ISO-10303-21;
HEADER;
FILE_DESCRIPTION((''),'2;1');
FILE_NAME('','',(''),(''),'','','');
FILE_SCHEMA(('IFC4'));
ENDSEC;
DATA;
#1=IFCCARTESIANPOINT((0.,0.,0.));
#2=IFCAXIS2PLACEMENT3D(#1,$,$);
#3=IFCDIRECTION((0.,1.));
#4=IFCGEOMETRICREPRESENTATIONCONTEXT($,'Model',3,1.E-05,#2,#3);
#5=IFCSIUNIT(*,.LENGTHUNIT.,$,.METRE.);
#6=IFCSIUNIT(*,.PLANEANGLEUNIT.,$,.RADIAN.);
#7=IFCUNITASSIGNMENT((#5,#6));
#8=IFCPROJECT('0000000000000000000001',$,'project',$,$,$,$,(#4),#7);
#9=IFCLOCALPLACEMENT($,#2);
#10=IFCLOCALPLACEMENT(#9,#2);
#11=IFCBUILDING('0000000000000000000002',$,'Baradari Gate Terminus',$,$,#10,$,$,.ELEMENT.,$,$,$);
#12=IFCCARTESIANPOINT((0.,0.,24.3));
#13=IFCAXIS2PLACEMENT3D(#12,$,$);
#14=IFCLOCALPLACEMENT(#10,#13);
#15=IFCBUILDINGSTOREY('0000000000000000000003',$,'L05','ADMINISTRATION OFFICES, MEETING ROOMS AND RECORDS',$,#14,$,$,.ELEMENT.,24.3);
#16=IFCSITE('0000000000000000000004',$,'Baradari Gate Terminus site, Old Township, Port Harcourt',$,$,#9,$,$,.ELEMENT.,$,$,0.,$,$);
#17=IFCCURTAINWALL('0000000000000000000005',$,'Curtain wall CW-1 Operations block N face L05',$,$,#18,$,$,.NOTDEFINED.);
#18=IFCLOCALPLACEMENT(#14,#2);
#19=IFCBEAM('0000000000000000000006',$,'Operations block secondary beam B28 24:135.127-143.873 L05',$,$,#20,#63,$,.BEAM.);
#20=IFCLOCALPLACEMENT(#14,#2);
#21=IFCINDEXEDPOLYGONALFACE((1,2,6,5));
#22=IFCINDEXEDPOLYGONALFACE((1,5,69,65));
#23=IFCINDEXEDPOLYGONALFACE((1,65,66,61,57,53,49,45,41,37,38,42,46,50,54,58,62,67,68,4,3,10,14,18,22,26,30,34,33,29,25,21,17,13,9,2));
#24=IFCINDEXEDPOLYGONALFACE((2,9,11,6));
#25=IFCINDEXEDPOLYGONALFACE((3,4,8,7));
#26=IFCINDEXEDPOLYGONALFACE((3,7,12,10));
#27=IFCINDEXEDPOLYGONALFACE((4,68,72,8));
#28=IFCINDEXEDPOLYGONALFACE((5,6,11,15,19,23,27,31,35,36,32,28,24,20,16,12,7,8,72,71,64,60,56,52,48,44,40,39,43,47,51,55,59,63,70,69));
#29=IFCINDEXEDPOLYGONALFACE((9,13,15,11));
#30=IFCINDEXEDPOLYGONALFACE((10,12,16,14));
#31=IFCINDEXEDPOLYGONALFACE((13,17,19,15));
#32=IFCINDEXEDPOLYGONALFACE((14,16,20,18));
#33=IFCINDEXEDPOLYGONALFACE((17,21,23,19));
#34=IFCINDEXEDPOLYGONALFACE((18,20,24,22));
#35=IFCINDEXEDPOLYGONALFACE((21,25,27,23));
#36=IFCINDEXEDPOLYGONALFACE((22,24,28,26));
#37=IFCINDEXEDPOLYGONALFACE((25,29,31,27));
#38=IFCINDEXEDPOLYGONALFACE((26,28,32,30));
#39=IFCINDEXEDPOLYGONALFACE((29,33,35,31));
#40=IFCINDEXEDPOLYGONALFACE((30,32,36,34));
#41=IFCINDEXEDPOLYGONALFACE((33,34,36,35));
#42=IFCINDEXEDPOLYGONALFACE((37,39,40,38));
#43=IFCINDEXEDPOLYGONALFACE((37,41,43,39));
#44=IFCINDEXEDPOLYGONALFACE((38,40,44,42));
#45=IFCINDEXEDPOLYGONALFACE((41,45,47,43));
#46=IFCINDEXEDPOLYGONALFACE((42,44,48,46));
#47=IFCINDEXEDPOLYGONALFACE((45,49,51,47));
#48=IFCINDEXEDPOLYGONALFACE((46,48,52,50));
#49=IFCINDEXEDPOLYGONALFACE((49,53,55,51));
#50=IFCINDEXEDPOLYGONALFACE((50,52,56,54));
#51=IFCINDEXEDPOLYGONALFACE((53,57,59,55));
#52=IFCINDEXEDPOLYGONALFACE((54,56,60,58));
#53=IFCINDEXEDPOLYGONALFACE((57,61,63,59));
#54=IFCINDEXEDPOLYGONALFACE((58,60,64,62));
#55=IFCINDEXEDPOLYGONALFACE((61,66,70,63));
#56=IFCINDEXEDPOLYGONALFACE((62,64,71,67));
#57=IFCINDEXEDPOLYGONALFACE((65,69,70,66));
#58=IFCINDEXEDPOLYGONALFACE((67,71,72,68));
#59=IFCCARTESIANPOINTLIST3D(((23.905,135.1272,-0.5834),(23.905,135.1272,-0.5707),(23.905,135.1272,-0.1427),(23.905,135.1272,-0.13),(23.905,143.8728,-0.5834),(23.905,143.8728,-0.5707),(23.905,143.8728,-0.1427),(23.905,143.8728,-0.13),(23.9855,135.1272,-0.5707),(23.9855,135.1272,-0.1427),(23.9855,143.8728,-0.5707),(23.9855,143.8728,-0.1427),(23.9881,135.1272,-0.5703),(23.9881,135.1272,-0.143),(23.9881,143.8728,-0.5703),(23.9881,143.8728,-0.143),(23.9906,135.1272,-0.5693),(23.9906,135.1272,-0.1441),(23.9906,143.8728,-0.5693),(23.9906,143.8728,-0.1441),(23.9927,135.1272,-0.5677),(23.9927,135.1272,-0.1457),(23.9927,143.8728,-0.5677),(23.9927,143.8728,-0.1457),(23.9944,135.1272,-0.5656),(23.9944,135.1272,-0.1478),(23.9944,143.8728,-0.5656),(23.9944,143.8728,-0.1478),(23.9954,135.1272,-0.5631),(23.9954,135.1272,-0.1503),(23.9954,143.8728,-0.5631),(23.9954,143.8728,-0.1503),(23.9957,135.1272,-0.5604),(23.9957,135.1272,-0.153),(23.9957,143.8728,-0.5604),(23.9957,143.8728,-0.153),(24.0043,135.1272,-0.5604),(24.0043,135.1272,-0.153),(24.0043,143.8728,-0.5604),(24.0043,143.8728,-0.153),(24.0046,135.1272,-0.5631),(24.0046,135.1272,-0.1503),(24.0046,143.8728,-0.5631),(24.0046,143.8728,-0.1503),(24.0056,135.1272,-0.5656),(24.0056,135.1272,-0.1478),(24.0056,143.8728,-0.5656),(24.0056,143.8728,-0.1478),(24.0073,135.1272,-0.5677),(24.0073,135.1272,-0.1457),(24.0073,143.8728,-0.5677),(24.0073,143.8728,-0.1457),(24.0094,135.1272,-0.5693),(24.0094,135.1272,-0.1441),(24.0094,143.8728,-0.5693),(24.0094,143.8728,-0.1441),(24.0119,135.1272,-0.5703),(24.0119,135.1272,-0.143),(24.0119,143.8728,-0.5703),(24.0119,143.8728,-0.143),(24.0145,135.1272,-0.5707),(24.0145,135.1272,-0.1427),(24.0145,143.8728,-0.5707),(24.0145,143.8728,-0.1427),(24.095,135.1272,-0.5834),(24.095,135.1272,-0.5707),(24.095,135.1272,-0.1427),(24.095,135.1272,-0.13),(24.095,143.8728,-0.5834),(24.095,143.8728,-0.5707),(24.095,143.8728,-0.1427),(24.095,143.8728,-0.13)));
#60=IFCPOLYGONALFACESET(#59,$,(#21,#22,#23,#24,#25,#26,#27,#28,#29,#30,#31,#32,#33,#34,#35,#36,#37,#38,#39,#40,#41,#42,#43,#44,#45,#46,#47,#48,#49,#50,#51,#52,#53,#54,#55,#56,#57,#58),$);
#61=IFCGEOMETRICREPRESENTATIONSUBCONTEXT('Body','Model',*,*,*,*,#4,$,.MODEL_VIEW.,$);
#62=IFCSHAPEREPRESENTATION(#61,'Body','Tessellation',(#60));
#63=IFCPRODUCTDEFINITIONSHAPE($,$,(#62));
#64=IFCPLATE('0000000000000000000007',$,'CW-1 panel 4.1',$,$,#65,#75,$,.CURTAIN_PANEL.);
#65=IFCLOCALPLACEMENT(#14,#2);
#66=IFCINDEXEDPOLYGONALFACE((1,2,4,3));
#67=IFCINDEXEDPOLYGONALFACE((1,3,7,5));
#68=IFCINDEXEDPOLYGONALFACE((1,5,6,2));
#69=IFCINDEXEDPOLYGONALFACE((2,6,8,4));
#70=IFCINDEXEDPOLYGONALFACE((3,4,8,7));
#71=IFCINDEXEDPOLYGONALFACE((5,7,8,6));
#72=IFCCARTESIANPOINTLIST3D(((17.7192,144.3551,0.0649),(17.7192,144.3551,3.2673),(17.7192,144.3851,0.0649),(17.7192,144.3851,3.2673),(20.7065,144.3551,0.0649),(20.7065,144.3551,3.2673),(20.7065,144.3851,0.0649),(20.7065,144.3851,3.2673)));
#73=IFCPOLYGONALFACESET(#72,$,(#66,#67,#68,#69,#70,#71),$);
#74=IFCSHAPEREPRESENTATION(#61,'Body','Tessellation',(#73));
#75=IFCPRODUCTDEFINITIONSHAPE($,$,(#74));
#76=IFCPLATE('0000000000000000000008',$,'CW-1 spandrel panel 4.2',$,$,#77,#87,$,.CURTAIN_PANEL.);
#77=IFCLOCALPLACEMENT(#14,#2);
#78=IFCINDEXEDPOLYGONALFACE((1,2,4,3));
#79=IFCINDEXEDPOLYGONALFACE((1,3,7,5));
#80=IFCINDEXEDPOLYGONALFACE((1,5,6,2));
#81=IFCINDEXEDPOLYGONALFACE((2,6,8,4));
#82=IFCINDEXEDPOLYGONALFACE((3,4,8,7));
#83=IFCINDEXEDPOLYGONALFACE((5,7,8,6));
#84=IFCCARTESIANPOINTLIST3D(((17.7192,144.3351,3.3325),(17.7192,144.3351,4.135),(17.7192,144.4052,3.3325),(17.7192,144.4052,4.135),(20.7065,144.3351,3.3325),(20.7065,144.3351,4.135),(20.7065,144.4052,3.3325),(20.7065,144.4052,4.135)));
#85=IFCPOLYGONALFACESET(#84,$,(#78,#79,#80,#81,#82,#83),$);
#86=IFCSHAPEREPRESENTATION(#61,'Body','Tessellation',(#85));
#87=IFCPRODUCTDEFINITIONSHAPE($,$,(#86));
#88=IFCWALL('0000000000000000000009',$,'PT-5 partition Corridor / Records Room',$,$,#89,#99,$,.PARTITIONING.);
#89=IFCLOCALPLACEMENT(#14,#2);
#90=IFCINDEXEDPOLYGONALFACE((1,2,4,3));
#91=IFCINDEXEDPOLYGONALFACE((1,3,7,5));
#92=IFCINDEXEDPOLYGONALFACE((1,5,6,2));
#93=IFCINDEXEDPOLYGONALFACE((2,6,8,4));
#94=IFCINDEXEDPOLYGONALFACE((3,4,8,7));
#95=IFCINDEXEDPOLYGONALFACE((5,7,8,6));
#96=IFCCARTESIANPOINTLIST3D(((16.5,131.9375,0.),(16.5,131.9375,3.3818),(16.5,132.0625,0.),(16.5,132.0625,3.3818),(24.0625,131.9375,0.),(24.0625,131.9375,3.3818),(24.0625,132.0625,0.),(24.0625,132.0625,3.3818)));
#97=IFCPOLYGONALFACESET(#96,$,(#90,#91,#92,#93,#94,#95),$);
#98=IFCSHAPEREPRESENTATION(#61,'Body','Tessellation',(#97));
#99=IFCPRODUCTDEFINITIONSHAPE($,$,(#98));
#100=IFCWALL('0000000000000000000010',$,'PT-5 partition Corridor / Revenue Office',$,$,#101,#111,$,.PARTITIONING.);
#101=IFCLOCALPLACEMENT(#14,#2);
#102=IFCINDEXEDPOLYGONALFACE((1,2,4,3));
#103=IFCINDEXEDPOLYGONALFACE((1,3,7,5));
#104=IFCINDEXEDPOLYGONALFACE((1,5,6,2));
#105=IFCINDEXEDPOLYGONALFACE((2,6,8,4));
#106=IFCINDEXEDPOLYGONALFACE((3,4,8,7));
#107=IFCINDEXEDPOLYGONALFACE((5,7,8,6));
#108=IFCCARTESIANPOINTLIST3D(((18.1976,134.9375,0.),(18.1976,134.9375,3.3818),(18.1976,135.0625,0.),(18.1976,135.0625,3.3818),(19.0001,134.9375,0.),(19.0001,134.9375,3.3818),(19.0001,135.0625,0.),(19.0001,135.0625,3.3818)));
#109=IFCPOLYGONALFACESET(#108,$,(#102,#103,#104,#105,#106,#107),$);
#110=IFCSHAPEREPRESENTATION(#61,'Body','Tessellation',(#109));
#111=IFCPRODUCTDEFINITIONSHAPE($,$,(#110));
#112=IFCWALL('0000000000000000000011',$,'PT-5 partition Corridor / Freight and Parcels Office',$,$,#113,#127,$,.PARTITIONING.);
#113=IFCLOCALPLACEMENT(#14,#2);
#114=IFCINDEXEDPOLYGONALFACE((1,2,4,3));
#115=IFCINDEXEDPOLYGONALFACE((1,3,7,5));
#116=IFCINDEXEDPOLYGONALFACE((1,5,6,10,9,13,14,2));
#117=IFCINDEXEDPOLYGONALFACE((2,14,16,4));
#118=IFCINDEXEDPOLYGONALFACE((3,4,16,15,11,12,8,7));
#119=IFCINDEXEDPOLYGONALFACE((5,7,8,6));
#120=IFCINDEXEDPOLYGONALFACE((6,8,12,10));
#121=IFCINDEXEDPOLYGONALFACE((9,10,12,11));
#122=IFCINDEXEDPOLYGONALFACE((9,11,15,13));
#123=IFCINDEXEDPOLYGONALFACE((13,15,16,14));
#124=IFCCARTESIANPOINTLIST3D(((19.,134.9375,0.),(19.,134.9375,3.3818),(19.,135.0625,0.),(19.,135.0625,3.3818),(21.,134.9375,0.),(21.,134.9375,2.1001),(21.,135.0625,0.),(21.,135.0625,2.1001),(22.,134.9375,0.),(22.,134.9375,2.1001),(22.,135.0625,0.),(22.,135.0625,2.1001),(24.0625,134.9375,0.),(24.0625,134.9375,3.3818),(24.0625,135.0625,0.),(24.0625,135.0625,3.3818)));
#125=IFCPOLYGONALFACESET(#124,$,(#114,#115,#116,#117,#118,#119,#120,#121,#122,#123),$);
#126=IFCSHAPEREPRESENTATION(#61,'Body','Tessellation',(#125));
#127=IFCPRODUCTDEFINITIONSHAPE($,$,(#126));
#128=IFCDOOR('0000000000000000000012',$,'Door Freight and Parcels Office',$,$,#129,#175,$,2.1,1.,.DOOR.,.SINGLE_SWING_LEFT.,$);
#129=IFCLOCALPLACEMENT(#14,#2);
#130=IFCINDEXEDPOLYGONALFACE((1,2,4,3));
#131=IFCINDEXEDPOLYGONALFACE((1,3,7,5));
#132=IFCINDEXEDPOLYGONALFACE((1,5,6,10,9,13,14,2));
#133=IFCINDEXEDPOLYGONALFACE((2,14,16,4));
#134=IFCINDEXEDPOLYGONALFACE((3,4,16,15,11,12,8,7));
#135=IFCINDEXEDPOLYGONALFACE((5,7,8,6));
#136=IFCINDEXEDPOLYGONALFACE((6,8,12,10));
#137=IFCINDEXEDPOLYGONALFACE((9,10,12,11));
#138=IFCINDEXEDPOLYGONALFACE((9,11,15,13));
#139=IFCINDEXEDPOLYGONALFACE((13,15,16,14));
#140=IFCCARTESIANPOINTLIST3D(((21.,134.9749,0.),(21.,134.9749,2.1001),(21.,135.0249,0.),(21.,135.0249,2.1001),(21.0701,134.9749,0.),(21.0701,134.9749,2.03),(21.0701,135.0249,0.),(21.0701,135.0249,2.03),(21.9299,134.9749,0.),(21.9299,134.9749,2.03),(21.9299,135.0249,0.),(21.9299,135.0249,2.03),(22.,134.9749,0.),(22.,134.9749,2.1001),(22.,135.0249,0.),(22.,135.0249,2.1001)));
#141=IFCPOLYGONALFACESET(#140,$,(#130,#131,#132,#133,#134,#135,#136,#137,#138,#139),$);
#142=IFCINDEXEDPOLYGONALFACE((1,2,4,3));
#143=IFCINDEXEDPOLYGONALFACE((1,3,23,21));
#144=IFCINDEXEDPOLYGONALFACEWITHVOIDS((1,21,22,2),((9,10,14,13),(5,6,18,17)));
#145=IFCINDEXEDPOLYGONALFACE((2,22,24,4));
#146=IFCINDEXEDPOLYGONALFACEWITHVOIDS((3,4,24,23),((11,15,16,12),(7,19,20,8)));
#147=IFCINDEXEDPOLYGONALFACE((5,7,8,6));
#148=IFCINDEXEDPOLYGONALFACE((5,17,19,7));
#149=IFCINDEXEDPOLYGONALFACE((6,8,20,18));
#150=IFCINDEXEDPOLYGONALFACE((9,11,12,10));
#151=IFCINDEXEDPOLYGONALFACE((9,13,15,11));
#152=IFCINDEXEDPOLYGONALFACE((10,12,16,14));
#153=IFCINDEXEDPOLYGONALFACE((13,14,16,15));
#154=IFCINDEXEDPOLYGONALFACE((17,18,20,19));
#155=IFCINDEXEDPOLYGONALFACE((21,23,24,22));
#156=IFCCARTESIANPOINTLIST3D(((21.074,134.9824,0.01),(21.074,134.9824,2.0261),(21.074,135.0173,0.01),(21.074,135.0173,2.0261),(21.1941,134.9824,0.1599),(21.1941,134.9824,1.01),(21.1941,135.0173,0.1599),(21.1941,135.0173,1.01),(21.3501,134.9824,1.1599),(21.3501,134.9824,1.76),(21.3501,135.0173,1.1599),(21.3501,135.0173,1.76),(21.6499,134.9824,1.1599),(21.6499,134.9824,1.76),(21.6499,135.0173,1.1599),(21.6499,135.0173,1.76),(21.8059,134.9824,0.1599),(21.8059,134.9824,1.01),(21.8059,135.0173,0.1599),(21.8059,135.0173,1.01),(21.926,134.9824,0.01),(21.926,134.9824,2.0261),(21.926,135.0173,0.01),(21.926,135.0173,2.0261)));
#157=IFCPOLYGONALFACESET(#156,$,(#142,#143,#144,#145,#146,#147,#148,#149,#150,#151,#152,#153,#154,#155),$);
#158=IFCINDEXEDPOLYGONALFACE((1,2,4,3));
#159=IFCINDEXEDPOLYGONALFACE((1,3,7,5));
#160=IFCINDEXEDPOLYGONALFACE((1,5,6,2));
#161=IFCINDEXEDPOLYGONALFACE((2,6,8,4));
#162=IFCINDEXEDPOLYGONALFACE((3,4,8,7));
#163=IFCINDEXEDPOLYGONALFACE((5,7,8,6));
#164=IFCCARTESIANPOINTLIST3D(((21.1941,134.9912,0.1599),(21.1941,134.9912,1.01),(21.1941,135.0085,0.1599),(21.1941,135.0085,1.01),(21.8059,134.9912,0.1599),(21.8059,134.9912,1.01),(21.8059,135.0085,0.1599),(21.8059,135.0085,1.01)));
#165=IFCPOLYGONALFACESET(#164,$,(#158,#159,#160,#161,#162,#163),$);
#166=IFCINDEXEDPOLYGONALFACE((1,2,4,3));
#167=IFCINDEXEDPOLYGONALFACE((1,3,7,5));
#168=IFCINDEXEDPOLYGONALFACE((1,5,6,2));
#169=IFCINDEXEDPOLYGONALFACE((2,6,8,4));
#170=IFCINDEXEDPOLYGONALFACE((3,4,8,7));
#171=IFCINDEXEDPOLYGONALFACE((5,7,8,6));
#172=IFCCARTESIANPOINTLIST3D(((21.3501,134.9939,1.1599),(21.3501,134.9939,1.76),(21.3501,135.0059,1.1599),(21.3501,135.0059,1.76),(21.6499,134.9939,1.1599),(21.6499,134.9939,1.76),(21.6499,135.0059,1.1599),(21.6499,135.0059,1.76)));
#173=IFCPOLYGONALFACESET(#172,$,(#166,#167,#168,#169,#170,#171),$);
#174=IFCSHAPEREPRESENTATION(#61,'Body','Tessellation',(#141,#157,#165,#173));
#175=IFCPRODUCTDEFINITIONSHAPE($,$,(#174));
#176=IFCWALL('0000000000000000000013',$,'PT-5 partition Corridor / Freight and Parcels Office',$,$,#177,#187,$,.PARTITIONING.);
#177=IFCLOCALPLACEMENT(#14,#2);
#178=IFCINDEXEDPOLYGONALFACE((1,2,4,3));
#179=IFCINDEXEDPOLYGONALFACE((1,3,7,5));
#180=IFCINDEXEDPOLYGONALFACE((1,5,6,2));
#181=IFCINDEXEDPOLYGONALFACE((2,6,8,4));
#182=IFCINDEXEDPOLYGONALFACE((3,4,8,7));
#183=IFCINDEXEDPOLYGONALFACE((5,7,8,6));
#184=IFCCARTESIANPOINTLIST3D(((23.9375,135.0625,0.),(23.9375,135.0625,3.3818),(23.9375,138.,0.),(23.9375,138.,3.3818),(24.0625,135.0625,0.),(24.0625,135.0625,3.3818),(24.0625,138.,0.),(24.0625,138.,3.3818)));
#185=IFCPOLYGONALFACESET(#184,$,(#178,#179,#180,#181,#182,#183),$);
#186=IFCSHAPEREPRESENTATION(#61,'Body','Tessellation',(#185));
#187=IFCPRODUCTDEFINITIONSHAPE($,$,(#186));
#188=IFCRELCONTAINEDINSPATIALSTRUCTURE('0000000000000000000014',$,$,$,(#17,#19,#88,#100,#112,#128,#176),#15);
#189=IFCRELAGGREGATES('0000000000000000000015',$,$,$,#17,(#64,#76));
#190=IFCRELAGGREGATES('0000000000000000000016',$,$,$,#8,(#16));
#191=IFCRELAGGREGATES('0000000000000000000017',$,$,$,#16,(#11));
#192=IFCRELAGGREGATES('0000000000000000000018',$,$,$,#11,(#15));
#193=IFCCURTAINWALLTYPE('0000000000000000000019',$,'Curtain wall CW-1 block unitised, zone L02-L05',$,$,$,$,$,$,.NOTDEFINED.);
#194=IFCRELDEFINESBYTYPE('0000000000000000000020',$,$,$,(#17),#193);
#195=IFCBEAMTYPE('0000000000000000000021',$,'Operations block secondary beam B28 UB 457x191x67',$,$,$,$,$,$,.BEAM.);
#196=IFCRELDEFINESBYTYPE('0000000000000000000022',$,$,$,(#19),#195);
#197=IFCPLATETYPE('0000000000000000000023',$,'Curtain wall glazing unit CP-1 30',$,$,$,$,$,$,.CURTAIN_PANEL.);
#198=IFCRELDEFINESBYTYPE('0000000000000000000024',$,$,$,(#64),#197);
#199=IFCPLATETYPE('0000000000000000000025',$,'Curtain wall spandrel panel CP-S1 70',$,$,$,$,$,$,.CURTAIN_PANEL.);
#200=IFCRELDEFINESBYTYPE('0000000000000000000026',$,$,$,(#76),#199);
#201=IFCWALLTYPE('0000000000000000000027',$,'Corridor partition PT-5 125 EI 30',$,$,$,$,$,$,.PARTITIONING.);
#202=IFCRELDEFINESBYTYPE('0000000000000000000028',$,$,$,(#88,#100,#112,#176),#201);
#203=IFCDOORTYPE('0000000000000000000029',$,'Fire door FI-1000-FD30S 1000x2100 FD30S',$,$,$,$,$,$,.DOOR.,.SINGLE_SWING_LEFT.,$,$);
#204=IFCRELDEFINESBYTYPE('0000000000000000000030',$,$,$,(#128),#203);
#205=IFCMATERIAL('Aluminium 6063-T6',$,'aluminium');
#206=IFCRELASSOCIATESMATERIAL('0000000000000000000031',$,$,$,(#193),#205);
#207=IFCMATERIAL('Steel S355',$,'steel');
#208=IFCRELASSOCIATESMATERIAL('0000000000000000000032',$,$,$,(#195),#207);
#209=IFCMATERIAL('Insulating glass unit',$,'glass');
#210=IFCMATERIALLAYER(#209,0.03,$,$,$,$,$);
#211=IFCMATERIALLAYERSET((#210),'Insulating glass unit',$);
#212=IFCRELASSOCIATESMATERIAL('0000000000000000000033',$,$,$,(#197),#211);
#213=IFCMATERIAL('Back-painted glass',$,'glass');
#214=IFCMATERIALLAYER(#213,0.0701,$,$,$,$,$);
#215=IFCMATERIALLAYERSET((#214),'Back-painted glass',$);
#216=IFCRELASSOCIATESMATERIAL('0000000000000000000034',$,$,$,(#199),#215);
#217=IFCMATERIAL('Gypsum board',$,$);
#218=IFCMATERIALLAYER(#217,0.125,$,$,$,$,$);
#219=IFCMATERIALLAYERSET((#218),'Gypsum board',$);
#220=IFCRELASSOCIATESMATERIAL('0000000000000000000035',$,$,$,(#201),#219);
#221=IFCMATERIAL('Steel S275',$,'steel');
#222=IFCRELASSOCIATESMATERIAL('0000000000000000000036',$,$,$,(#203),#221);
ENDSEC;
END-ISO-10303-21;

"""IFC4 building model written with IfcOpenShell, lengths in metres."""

from ifc_helpers import new_model, si_unit, direction, frame, frame_2d, origin, origin_2d, place, context, subcontext, project, spatial, polyline, rectangle, i_section, outline, extrude, material, layer, layer_set, material_profile, profile_set, type_object, element, fill, aggregate, save


model = new_model("IFC4")

# Units and contexts
model_context = context("Model", 3, precision=1e-05, world=origin(), true_north=direction((0.0, 1.0)))
body_context = subcontext(model_context, "Body", "Model", "MODEL_VIEW")
ifc_project = project(units=[si_unit("LENGTHUNIT", "METRE"), si_unit("PLANEANGLEUNIT", "RADIAN")], contexts=[model_context])

# Site, building, storey
site_placement = place(None, origin())
site = spatial("IfcSite", under=ifc_project, at=site_placement, Name="Baradari Gate Terminus site, Old Township, Port Harcourt", CompositionType="ELEMENT", RefElevation=0.0)
building_placement = place(site_placement, origin())
building = spatial("IfcBuilding", under=site, at=building_placement, Name="Baradari Gate Terminus", CompositionType="ELEMENT")
storey_placement = place(building_placement, frame((0.0, 0.0, 24.3)))
storey = spatial("IfcBuildingStorey", under=building, at=storey_placement, Name="L05", Description="ADMINISTRATION OFFICES, MEETING ROOMS AND RECORDS", CompositionType="ELEMENT", Elevation=24.3)

# Curtain wall
ifc_material_1 = material(Name="Aluminium 6063-T6", Category="aluminium")
curtain_wall_type = type_object("IfcCurtainWallType", Name="Curtain wall CW-1 block unitised, zone L02-L05", PredefinedType="NOTDEFINED", material=ifc_material_1)
curtain_wall_placement = place(storey_placement, origin())
curtain_wall = element("IfcCurtainWall", 1, at=curtain_wall_placement, inside=storey, type_object=curtain_wall_type, Name="Curtain wall CW-1 Operations block N face L05", PredefinedType="NOTDEFINED")

# Beam
ifc_material_2 = material(Name="Steel S355", Category="steel")
ifc_material_profile_1 = material_profile(ifc_material_2, i_section(OverallWidth=0.1899, OverallDepth=0.4534, WebThickness=0.0085, FlangeThickness=0.0127, FilletRadius=0.0103, at=origin_2d()), Name="UB 457x191x67")
ifc_profile_set_1 = profile_set([ifc_material_profile_1], Name="Steel S355")
beam_type_1 = type_object("IfcBeamType", Name="Operations block secondary beam B28 UB 457x191x67", PredefinedType="BEAM", material=ifc_profile_set_1)
for number, where, z_axis, x_axis, name in (
    (2, (24.0, 135.1272, -0.3567), (0.0, 1.0, 0.0), (-1.0, 0.0, 0.0), "Operations block secondary beam B28 24:135.127-143.873 L05"),
):
    element("IfcBeam", number, at=place(storey_placement, frame(where, z_axis=z_axis, x_axis=x_axis)), inside=storey, type_object=beam_type_1, Name=name, PredefinedType="BEAM", context=body_context, shape_type="SweptSolid", body=[
        extrude(i_section(OverallWidth=0.1899, OverallDepth=0.4534, WebThickness=0.0085, FlangeThickness=0.0127, FilletRadius=0.0103, at=origin_2d()), origin(), (0.0, 0.0, 1.0), 8.7456),
    ])

# Plates
ifc_material_3 = material(Name="Insulating glass unit", Category="glass")
ifc_layer_1 = layer(ifc_material_3, 0.03)
ifc_layer_set_1 = layer_set([ifc_layer_1], Name="Insulating glass unit")
plate_type_1 = type_object("IfcPlateType", Name="Curtain wall glazing unit CP-1 30", PredefinedType="CURTAIN_PANEL", material=ifc_layer_set_1)
plate_1_placement = place(storey_placement, frame((19.2129, 144.3701, 0.0649), z_axis=(0.0, 0.0, 1.0), x_axis=(1.0, 0.0, 0.0)))
plate_1 = element("IfcPlate", 3, at=plate_1_placement, type_object=plate_type_1, Name="CW-1 panel 4.1", PredefinedType="CURTAIN_PANEL", context=body_context, shape_type="SweptSolid", body=[
    extrude(rectangle(XDim=2.9873, YDim=0.03, at=origin_2d()), origin(), (0.0, 0.0, 1.0), 3.2024),
])
ifc_material_4 = material(Name="Back-painted glass", Category="glass")
ifc_layer_2 = layer(ifc_material_4, 0.0701)
ifc_layer_set_2 = layer_set([ifc_layer_2], Name="Back-painted glass")
plate_type_2 = type_object("IfcPlateType", Name="Curtain wall spandrel panel CP-S1 70", PredefinedType="CURTAIN_PANEL", material=ifc_layer_set_2)
plate_2_placement = place(storey_placement, frame((19.2129, 144.3701, 3.3325), z_axis=(0.0, 0.0, 1.0), x_axis=(1.0, 0.0, 0.0)))
plate_2 = element("IfcPlate", 4, at=plate_2_placement, type_object=plate_type_2, Name="CW-1 spandrel panel 4.2", PredefinedType="CURTAIN_PANEL", context=body_context, shape_type="SweptSolid", body=[
    extrude(rectangle(XDim=2.9873, YDim=0.0701, at=origin_2d()), origin(), (0.0, 0.0, 1.0), 0.8025),
])
aggregate(curtain_wall, [plate_1, plate_2])

# Walls
ifc_material_5 = material(Name="Gypsum board")
ifc_layer_3 = layer(ifc_material_5, 0.125)
ifc_layer_set_3 = layer_set([ifc_layer_3], Name="Gypsum board")
wall_type_1 = type_object("IfcWallType", Name="Corridor partition PT-5 125 EI 30", PredefinedType="PARTITIONING", material=ifc_layer_set_3)
wall_1_placement = place(storey_placement, frame((24.0625, 132.0, 0.0), z_axis=(0.0, 0.0, 1.0), x_axis=(-1.0, 0.0, 0.0)))
element("IfcWall", 5, at=wall_1_placement, inside=storey, type_object=wall_type_1, Name="PT-5 partition Corridor / Records Room", PredefinedType="PARTITIONING", context=body_context, shape_type="SweptSolid", body=[
    extrude(rectangle(XDim=7.5625, YDim=0.125, at=frame_2d((3.7812, 0.0))), origin(), (0.0, 0.0, 1.0), 3.3818),
])
wall_2_placement = place(storey_placement, frame((18.1975, 135.0, 0.0), z_axis=(0.0, 0.0, 1.0), x_axis=(1.0, 0.0, 0.0)))
element("IfcWall", 6, at=wall_2_placement, inside=storey, type_object=wall_type_1, Name="PT-5 partition Corridor / Revenue Office", PredefinedType="PARTITIONING", context=body_context, shape_type="SweptSolid", body=[
    extrude(rectangle(XDim=0.8025, YDim=0.125, at=frame_2d((0.4014, 0.0))), origin(), (0.0, 0.0, 1.0), 3.3818),
])

# Wall, opening, door
wall_3_placement = place(storey_placement, frame((19.0, 135.0, 0.0), z_axis=(0.0, 0.0, 1.0), x_axis=(1.0, 0.0, 0.0)))
wall_3 = element("IfcWall", 7, at=wall_3_placement, inside=storey, type_object=wall_type_1, Name="PT-5 partition Corridor / Freight and Parcels Office", PredefinedType="PARTITIONING", context=body_context, shape_type="SweptSolid", body=[
    extrude(rectangle(XDim=5.0625, YDim=0.125, at=frame_2d((2.5312, 0.0))), origin(), (0.0, 0.0, 1.0), 3.3818),
])
opening_1_placement = place(wall_3_placement, frame((2.0, 0.0, 0.0)))
opening_1 = element("IfcOpeningElement", 8, at=opening_1_placement, cuts=wall_3, PredefinedType="OPENING", context=body_context, shape_type="SweptSolid", body=[
    extrude(rectangle(XDim=1.0, YDim=2.1001, at=frame_2d((0.5, 1.05))), frame((0.0, 0.0725, 0.0), z_axis=(0.0, -1.0, 0.0), x_axis=(1.0, 0.0, 0.0)), (0.0, 0.0, 1.0), 0.145),
])
ifc_material_6 = material(Name="Steel S275", Category="steel")
door_type_1 = type_object("IfcDoorType", Name="Fire door FI-1000-FD30S 1000x2100 FD30S", OperationType="SINGLE_SWING_LEFT", PredefinedType="DOOR", material=ifc_material_6)
door_1_placement = place(opening_1_placement, origin())
door_1 = element("IfcDoor", 9, at=door_1_placement, inside=storey, type_object=door_type_1, Name="Door Freight and Parcels Office", OperationType="SINGLE_SWING_LEFT", OverallHeight=2.1, OverallWidth=1.0, PredefinedType="DOOR", context=body_context, shape_type="SweptSolid", body=[
    extrude(outline(polyline([(0.0, 0.0), (0.0701, 0.0), (0.0701, 2.03), (0.9299, 2.03), (0.9299, 0.0), (1.0, 0.0), (1.0, 2.1001), (0.0, 2.1001), (0.0, 0.0)])), frame((0.0, 0.0249, 0.0), z_axis=(0.0, -1.0, 0.0), x_axis=(1.0, 0.0, 0.0)), (0.0, 0.0, 1.0), 0.05),
    extrude(outline(polyline([(0.074, 0.01), (0.926, 0.01), (0.926, 2.0261), (0.074, 2.0261), (0.074, 0.01)]), holes=[polyline([(0.1941, 0.1599), (0.8059, 0.1599), (0.8059, 1.01), (0.1941, 1.01), (0.1941, 0.1599)]), polyline([(0.3501, 1.1599), (0.6499, 1.1599), (0.6499, 1.76), (0.3501, 1.76), (0.3501, 1.1599)])]), frame((0.0, 0.0173, 0.0), z_axis=(0.0, -1.0, 0.0), x_axis=(1.0, 0.0, 0.0)), (0.0, 0.0, 1.0), 0.0349),
    extrude(rectangle(XDim=0.6118, YDim=0.8501, at=frame_2d((0.5, 0.585))), frame((0.0, 0.0085, 0.0), z_axis=(0.0, -1.0, 0.0), x_axis=(1.0, 0.0, 0.0)), (0.0, 0.0, 1.0), 0.0173),
    extrude(rectangle(XDim=0.2998, YDim=0.6001, at=frame_2d((0.5, 1.46))), frame((0.0, 0.0059, 0.0), z_axis=(0.0, -1.0, 0.0), x_axis=(1.0, 0.0, 0.0)), (0.0, 0.0, 1.0), 0.012),
])
fill(opening_1, door_1)

# Wall
wall_4_placement = place(storey_placement, frame((24.0, 135.0625, 0.0), z_axis=(0.0, 0.0, 1.0), x_axis=(0.0, 1.0, 0.0)))
element("IfcWall", 10, at=wall_4_placement, inside=storey, type_object=wall_type_1, Name="PT-5 partition Corridor / Freight and Parcels Office", PredefinedType="PARTITIONING", context=body_context, shape_type="SweptSolid", body=[
    extrude(rectangle(XDim=2.9375, YDim=0.125, at=frame_2d((1.4688, 0.0))), origin(), (0.0, 0.0, 1.0), 3.3818),
])

save(model, "model.ifc")
